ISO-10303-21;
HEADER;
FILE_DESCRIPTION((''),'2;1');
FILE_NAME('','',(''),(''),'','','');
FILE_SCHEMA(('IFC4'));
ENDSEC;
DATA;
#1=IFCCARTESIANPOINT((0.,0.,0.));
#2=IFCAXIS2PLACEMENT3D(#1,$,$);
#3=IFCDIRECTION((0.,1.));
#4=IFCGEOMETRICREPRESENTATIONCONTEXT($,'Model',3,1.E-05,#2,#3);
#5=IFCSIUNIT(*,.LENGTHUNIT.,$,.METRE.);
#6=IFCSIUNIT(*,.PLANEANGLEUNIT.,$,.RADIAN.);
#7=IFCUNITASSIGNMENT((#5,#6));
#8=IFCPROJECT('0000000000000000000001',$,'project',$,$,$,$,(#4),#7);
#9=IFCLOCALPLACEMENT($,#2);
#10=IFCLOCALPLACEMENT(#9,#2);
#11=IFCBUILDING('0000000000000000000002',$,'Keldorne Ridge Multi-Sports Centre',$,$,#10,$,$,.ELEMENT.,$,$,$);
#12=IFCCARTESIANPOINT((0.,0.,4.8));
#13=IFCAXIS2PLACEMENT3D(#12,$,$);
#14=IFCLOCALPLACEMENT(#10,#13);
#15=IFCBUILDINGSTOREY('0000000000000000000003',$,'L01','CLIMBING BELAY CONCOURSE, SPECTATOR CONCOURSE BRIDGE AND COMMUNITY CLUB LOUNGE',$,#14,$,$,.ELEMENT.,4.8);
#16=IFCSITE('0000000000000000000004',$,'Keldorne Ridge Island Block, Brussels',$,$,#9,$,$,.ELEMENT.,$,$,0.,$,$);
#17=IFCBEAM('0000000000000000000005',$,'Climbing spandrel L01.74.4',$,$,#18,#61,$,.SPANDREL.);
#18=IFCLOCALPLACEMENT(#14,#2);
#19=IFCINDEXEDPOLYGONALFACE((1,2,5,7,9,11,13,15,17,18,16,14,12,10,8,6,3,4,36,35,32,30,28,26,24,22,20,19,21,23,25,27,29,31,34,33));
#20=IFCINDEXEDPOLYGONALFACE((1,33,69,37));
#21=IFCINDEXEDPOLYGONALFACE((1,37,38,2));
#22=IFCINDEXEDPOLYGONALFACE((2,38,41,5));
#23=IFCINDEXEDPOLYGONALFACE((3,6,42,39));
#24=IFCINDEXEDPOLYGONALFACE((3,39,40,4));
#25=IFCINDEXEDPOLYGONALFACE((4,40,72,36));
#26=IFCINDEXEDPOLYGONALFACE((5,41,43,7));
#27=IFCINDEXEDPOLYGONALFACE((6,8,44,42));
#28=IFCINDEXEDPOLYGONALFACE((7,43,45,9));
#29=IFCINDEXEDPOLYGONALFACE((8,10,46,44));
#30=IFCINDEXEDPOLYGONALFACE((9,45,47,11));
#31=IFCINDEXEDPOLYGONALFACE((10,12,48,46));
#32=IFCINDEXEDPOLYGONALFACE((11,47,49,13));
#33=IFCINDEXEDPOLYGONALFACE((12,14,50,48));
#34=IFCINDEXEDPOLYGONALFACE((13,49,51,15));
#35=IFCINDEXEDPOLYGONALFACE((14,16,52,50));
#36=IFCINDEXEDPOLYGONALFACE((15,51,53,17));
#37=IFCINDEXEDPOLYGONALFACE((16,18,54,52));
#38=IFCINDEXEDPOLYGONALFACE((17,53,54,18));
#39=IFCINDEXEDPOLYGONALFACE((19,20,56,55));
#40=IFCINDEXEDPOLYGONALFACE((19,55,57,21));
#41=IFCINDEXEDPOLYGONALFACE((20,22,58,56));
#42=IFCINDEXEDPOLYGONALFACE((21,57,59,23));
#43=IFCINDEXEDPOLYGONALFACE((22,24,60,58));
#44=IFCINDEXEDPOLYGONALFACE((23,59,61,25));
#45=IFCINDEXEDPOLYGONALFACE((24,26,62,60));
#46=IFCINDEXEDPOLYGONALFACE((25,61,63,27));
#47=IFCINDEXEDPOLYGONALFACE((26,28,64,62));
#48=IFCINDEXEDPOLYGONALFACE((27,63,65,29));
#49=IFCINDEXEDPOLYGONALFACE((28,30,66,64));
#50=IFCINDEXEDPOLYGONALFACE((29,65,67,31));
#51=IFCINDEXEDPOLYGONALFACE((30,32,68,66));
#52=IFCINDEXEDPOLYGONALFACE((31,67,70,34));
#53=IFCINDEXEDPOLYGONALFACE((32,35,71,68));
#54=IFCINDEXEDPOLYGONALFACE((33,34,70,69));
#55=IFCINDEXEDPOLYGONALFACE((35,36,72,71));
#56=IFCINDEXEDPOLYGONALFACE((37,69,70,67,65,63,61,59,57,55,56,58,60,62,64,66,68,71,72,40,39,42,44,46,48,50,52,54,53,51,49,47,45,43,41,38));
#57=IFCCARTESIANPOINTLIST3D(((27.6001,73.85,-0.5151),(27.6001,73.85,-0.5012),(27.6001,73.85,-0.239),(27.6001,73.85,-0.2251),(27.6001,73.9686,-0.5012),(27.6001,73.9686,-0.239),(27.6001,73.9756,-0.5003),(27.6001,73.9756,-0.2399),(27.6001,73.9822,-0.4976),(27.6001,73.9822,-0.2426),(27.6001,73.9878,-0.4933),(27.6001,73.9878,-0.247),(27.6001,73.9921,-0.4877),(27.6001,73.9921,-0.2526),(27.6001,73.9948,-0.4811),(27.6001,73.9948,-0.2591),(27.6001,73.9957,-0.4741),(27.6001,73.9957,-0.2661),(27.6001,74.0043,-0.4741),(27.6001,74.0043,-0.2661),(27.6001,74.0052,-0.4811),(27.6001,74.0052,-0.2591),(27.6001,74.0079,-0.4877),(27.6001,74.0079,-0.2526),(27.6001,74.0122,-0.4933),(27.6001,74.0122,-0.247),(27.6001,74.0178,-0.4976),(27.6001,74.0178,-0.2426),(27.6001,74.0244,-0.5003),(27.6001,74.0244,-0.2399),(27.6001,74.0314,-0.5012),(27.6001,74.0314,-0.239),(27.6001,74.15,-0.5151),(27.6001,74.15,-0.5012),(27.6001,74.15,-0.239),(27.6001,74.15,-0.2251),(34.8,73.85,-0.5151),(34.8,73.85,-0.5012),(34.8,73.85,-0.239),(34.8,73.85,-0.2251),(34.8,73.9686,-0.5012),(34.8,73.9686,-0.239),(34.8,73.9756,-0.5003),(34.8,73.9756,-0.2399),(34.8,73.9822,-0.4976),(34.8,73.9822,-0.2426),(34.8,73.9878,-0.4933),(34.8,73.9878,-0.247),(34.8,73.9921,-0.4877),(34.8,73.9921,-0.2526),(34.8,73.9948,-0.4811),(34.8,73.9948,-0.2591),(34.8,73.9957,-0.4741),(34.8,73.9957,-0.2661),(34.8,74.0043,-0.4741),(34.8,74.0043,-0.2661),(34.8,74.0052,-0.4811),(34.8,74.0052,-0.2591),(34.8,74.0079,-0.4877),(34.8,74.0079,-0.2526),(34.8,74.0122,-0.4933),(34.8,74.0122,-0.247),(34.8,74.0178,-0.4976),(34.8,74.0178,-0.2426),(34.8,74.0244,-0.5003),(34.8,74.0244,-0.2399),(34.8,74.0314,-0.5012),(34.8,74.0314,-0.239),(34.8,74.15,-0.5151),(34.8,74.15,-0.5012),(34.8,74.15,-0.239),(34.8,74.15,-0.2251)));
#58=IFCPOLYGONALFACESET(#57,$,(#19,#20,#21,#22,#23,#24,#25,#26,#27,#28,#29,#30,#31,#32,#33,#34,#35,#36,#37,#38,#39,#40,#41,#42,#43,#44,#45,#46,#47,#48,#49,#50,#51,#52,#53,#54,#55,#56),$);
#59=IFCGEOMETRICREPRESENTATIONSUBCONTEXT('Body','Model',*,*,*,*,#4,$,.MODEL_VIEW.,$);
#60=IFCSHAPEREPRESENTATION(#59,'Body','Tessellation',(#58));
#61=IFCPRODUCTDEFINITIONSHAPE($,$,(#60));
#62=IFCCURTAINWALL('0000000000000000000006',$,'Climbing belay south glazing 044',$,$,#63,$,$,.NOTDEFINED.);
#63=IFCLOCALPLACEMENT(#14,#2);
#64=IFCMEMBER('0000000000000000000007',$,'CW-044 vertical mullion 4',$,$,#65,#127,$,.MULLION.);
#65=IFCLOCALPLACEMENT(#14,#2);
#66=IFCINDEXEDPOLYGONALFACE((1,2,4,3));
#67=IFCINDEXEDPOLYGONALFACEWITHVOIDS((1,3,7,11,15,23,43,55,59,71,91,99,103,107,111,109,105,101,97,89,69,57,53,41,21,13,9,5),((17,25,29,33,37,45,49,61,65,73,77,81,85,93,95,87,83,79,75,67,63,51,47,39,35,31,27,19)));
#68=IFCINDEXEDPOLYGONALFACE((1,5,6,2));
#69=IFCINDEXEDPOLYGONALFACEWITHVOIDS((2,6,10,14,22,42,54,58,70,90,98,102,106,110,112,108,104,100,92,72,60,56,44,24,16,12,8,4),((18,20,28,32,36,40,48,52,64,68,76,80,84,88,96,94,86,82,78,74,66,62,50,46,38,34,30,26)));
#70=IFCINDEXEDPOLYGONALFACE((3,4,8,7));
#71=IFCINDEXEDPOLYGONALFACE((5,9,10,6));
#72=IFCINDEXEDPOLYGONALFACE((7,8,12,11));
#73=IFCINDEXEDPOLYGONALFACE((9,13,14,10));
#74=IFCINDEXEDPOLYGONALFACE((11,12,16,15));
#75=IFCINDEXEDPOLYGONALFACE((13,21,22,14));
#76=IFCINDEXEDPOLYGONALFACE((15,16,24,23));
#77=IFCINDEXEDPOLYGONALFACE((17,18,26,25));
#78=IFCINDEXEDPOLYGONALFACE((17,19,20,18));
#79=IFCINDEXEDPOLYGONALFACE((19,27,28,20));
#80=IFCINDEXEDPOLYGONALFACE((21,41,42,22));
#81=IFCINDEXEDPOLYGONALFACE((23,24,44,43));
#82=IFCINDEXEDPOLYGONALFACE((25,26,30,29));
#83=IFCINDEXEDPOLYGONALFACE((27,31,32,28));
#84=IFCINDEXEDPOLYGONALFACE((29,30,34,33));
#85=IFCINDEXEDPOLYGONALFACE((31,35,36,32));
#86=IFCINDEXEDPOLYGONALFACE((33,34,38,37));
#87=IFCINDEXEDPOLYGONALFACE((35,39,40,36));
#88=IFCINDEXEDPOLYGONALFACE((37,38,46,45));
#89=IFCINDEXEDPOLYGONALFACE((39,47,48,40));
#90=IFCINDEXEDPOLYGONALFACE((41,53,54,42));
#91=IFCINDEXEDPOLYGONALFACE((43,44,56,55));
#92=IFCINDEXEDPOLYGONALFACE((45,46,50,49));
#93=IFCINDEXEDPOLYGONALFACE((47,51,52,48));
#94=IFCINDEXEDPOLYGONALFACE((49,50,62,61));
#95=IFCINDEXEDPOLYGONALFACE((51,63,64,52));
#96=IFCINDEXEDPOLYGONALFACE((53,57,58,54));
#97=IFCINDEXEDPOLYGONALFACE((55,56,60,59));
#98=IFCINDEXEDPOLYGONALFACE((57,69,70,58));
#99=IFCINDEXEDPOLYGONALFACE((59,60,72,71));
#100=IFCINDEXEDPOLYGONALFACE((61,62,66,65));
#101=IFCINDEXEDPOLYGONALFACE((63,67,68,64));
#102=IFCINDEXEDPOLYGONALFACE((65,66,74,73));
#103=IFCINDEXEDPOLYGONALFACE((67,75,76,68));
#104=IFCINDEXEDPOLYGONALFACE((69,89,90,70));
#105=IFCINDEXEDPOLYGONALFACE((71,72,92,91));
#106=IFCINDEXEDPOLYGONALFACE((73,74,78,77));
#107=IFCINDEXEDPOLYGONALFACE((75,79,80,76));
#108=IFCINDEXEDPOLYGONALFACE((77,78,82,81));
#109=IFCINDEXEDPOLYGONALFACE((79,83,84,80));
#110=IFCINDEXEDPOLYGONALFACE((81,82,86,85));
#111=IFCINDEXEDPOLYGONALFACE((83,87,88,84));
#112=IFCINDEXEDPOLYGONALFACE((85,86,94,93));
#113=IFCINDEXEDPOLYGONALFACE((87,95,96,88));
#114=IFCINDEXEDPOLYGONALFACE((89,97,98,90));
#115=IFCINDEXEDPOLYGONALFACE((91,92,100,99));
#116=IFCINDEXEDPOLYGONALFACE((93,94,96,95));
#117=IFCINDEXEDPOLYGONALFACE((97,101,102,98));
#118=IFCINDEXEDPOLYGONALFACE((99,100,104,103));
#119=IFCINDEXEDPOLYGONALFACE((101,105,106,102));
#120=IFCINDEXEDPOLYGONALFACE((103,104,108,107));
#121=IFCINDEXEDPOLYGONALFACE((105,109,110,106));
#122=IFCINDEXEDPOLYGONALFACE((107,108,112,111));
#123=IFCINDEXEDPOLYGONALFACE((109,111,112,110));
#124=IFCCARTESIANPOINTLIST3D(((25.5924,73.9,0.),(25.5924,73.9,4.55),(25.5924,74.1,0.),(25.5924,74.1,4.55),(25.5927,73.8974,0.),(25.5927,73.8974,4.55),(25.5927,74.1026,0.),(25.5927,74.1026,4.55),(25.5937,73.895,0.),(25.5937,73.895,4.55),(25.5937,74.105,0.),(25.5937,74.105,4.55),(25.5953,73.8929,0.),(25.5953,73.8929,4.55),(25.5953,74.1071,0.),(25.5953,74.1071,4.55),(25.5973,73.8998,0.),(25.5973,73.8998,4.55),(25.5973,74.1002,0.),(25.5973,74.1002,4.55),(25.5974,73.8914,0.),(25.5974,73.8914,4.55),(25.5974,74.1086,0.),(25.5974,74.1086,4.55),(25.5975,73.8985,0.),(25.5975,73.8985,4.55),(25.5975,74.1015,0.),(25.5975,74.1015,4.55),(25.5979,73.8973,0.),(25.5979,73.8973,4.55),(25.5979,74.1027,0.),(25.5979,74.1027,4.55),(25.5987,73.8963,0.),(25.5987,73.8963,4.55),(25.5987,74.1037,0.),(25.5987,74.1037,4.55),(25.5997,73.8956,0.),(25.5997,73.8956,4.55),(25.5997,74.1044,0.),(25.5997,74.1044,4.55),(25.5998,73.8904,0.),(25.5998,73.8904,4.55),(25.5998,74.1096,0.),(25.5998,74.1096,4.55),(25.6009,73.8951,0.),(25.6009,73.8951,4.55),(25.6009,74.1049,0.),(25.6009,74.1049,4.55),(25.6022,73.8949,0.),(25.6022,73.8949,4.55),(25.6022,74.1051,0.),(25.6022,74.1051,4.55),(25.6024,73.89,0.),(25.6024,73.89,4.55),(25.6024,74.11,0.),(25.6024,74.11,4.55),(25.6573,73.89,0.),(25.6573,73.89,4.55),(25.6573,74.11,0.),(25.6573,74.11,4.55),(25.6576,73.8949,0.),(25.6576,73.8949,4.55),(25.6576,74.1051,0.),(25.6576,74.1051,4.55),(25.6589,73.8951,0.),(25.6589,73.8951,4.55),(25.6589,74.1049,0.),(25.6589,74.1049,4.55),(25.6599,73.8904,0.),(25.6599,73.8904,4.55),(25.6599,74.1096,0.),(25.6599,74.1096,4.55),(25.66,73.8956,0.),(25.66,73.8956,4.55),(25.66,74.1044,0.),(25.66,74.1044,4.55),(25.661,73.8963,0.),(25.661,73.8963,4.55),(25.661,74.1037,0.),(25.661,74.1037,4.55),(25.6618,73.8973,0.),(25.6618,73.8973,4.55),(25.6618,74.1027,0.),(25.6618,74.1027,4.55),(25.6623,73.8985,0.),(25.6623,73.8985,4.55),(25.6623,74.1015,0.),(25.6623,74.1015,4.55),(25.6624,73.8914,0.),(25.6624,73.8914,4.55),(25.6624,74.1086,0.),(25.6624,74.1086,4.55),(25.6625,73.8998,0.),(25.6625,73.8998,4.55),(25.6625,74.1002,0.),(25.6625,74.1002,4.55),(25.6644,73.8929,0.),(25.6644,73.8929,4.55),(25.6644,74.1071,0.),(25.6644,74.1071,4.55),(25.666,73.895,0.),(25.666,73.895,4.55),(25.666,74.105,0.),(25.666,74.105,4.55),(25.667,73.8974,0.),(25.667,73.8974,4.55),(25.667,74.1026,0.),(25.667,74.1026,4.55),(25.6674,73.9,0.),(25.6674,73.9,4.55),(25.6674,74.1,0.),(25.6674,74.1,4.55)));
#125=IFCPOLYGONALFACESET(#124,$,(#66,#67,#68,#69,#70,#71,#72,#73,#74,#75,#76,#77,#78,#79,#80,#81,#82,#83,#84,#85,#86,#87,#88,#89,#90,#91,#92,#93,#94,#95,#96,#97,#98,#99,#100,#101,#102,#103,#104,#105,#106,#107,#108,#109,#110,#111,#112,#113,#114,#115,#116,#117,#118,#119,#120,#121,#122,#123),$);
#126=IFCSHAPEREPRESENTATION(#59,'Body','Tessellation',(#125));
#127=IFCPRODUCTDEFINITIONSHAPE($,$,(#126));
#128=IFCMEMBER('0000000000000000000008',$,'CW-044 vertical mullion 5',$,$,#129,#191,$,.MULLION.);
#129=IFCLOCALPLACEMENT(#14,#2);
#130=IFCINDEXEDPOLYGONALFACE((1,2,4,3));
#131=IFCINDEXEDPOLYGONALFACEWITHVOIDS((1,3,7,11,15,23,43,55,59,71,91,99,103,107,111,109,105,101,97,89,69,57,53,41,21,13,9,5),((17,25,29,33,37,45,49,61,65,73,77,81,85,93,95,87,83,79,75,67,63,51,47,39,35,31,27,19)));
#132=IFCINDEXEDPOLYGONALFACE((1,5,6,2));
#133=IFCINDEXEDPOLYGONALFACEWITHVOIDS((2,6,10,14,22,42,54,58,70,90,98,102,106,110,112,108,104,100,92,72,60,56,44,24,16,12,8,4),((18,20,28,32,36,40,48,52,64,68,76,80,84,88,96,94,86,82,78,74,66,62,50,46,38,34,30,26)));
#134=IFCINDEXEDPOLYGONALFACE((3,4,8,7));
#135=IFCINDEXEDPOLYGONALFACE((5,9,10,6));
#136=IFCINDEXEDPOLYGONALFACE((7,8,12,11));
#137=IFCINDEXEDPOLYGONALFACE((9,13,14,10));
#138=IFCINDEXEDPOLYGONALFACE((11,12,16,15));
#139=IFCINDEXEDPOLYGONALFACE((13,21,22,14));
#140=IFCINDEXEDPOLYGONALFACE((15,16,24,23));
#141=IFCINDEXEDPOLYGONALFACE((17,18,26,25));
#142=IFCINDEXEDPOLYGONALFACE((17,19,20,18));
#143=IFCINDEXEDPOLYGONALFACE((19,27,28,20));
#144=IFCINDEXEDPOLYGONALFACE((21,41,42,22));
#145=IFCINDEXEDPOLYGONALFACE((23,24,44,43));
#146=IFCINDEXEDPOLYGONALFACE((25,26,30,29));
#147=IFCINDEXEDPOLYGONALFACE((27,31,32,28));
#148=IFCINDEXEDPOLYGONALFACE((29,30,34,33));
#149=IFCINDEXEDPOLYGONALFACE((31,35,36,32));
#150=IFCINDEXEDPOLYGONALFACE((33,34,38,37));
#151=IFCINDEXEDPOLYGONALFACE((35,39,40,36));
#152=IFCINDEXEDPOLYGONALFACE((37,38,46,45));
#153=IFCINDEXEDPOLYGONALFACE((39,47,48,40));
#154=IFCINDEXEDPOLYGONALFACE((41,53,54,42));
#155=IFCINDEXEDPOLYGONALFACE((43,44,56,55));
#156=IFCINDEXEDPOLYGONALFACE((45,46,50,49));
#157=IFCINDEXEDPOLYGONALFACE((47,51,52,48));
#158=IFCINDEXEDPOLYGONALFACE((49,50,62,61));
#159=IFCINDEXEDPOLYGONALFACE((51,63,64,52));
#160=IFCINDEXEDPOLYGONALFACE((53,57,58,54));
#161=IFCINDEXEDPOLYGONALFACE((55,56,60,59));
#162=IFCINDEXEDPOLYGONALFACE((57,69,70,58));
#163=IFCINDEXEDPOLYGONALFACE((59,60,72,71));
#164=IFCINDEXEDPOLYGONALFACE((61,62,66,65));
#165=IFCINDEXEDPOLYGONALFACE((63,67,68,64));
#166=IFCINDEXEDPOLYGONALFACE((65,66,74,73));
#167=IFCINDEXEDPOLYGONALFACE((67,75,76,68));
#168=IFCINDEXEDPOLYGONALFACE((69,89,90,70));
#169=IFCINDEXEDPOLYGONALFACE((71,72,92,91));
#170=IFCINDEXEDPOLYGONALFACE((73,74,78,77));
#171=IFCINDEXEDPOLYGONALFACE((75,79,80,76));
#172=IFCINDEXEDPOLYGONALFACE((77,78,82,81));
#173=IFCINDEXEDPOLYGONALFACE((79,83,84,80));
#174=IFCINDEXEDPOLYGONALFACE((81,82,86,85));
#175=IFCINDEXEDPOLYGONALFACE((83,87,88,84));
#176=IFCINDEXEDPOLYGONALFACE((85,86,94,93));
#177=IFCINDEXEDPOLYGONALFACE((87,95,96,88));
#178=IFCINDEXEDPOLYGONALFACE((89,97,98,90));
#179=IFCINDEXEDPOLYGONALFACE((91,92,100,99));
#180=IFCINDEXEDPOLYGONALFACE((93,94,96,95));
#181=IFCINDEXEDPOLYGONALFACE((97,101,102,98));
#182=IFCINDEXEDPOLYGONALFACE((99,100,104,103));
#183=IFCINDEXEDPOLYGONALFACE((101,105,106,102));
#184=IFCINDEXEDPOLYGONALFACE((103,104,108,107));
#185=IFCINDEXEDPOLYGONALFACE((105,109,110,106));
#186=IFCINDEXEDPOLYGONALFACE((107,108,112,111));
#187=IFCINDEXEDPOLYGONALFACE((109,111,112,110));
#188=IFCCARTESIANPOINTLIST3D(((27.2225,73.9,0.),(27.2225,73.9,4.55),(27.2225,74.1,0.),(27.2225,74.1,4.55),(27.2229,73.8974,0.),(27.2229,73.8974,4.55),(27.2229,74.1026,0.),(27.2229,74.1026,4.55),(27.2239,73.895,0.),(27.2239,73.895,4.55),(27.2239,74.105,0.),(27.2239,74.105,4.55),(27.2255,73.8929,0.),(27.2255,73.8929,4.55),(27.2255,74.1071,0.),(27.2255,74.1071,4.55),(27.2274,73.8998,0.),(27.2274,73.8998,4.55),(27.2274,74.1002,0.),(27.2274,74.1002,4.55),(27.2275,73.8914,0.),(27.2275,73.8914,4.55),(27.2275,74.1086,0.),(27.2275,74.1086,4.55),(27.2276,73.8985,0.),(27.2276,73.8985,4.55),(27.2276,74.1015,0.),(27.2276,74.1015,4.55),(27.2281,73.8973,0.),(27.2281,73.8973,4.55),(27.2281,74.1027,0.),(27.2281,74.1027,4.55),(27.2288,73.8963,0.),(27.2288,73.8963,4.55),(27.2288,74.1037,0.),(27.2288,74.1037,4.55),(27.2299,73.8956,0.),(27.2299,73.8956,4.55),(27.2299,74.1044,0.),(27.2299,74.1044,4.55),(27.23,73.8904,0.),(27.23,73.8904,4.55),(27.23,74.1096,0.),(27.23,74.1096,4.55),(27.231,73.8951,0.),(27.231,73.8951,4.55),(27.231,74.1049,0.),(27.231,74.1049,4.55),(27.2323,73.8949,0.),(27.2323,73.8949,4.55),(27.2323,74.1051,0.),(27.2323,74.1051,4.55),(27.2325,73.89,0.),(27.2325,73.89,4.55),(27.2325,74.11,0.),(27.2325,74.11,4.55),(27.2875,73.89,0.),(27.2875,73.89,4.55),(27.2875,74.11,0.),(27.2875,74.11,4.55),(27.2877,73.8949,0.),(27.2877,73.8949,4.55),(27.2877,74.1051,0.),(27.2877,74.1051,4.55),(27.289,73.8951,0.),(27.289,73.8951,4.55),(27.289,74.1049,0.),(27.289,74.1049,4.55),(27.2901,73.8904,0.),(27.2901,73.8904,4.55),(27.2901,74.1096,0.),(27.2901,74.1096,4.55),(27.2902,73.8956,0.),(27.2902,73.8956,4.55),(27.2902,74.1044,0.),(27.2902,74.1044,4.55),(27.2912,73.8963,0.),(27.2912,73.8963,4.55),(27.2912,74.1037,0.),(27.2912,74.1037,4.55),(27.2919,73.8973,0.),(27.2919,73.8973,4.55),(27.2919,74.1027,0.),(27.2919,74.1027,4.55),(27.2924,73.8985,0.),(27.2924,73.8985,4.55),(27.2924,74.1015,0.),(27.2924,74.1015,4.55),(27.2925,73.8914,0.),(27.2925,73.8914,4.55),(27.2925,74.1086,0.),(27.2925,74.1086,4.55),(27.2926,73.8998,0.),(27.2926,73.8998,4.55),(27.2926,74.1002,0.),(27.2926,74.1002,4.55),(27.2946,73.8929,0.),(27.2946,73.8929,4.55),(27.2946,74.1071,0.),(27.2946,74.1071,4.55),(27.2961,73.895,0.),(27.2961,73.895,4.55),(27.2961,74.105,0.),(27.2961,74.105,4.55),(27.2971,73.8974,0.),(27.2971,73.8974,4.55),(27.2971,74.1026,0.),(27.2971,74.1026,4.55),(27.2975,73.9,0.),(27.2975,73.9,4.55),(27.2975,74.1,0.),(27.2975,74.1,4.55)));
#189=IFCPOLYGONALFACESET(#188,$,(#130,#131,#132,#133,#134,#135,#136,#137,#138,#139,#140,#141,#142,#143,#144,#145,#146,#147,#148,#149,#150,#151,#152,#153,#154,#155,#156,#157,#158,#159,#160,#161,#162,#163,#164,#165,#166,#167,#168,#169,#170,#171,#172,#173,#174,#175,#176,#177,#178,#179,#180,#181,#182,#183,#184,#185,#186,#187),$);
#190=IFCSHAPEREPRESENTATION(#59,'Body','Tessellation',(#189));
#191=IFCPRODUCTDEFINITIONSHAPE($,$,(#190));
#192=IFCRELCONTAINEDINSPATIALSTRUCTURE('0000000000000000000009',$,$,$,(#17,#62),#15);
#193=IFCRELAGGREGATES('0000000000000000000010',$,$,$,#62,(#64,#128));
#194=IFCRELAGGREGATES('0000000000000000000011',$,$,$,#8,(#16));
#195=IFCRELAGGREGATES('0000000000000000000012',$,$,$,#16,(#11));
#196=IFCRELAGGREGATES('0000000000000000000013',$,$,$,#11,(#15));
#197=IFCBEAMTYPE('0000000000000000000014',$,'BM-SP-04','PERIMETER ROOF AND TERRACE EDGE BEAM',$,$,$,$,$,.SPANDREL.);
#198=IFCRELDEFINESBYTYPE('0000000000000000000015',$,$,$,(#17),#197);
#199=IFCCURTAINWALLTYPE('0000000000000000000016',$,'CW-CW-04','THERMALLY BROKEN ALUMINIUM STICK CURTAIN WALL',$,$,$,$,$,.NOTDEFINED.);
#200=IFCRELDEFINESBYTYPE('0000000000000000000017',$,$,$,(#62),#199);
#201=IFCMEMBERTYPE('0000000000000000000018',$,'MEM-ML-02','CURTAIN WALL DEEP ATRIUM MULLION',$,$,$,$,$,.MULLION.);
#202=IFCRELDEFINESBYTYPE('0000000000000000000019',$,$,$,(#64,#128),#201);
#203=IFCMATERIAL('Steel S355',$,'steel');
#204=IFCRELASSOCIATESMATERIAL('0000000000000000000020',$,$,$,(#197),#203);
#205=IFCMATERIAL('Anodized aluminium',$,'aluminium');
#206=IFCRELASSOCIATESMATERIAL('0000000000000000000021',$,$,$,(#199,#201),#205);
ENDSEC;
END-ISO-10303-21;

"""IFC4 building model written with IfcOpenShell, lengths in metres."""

from ifc_helpers import new_model, si_unit, direction, frame, origin, origin_2d, place, context, subcontext, project, spatial, hollow_rectangle, i_section, extrude, material, material_profile, profile_set, type_object, element, aggregate, save


model = new_model("IFC4")

# Units and contexts
model_context = context("Model", 3, precision=1e-05, world=origin(), true_north=direction((0.0, 1.0)))
body_context = subcontext(model_context, "Body", "Model", "MODEL_VIEW")
ifc_project = project(units=[si_unit("LENGTHUNIT", "METRE"), si_unit("PLANEANGLEUNIT", "RADIAN")], contexts=[model_context])

# Site, building, storey
site_placement = place(None, origin())
site = spatial("IfcSite", under=ifc_project, at=site_placement, Name="Keldorne Ridge Island Block, Brussels", CompositionType="ELEMENT", RefElevation=0.0)
building_placement = place(site_placement, origin())
building = spatial("IfcBuilding", under=site, at=building_placement, Name="Keldorne Ridge Multi-Sports Centre", CompositionType="ELEMENT")
storey_placement = place(building_placement, frame((0.0, 0.0, 4.8)))
storey = spatial("IfcBuildingStorey", under=building, at=storey_placement, Name="L01", Description="CLIMBING BELAY CONCOURSE, SPECTATOR CONCOURSE BRIDGE AND COMMUNITY CLUB LOUNGE", CompositionType="ELEMENT", Elevation=4.8)

# Shared definitions
ifc_material_1 = material(Name="Steel S355", Category="steel")

# Beam
ifc_material_profile_1 = material_profile(ifc_material_1, i_section(OverallWidth=0.3, OverallDepth=0.29, WebThickness=0.0085, FlangeThickness=0.0139, FilletRadius=0.0271, at=origin_2d()), Name="HEA 300")
ifc_profile_set_1 = profile_set([ifc_material_profile_1], Name="Steel S355")
beam_type_1 = type_object("IfcBeamType", Name="BM-SP-04", Description="PERIMETER ROOF AND TERRACE EDGE BEAM", PredefinedType="SPANDREL", material=ifc_profile_set_1)
beam_placement = place(storey_placement, frame((27.6001, 74.0, -0.3701), z_axis=(1.0, 0.0, 0.0), x_axis=(0.0, 1.0, 0.0)))
element("IfcBeam", 1, at=beam_placement, inside=storey, type_object=beam_type_1, Name="Climbing spandrel L01.74.4", PredefinedType="SPANDREL", context=body_context, shape_type="SweptSolid", body=[
    extrude(i_section(OverallWidth=0.3, OverallDepth=0.29, WebThickness=0.0085, FlangeThickness=0.0139, FilletRadius=0.0271, at=origin_2d()), origin(), (0.0, 0.0, 1.0), 7.2),
])

# Curtain wall, members
ifc_material_2 = material(Name="Anodized aluminium", Category="aluminium")
curtain_wall_type_1 = type_object("IfcCurtainWallType", Name="CW-CW-04", Description="THERMALLY BROKEN ALUMINIUM STICK CURTAIN WALL", PredefinedType="NOTDEFINED", material=ifc_material_2)
curtain_wall_1_placement = place(storey_placement, origin())
curtain_wall_1 = element("IfcCurtainWall", 2, at=curtain_wall_1_placement, inside=storey, type_object=curtain_wall_type_1, Name="Climbing belay south glazing 044", PredefinedType="NOTDEFINED")
ifc_material_profile_2 = material_profile(ifc_material_2, hollow_rectangle(XDim=0.075, YDim=0.22, WallThickness=0.0049, InnerFilletRadius=0.0049, OuterFilletRadius=0.01, at=origin_2d()), Name="ALU MULLION 220x75x5")
ifc_profile_set_2 = profile_set([ifc_material_profile_2], Name="Anodized aluminium")
member_type_1 = type_object("IfcMemberType", Name="MEM-ML-02", Description="CURTAIN WALL DEEP ATRIUM MULLION", PredefinedType="MULLION", material=ifc_profile_set_2)
member_1_placement = place(storey_placement, frame((25.6299, 74.0, 0.0), z_axis=(0.0, 0.0, 1.0), x_axis=(1.0, 0.0, 0.0)))
member_1 = element("IfcMember", 3, at=member_1_placement, type_object=member_type_1, Name="CW-044 vertical mullion 4", PredefinedType="MULLION", context=body_context, shape_type="SweptSolid", body=[
    extrude(hollow_rectangle(XDim=0.075, YDim=0.22, WallThickness=0.0049, InnerFilletRadius=0.0049, OuterFilletRadius=0.01, at=origin_2d()), origin(), (0.0, 0.0, 1.0), 4.55),
])
member_2_placement = place(storey_placement, frame((27.26, 74.0, 0.0), z_axis=(0.0, 0.0, 1.0), x_axis=(1.0, 0.0, 0.0)))
member_2 = element("IfcMember", 4, at=member_2_placement, type_object=member_type_1, Name="CW-044 vertical mullion 5", PredefinedType="MULLION", context=body_context, shape_type="SweptSolid", body=[
    extrude(hollow_rectangle(XDim=0.075, YDim=0.22, WallThickness=0.0049, InnerFilletRadius=0.0049, OuterFilletRadius=0.01, at=origin_2d()), origin(), (0.0, 0.0, 1.0), 4.55),
])

aggregate(curtain_wall_1, [member_1, member_2])

save(model, "model.ifc")
